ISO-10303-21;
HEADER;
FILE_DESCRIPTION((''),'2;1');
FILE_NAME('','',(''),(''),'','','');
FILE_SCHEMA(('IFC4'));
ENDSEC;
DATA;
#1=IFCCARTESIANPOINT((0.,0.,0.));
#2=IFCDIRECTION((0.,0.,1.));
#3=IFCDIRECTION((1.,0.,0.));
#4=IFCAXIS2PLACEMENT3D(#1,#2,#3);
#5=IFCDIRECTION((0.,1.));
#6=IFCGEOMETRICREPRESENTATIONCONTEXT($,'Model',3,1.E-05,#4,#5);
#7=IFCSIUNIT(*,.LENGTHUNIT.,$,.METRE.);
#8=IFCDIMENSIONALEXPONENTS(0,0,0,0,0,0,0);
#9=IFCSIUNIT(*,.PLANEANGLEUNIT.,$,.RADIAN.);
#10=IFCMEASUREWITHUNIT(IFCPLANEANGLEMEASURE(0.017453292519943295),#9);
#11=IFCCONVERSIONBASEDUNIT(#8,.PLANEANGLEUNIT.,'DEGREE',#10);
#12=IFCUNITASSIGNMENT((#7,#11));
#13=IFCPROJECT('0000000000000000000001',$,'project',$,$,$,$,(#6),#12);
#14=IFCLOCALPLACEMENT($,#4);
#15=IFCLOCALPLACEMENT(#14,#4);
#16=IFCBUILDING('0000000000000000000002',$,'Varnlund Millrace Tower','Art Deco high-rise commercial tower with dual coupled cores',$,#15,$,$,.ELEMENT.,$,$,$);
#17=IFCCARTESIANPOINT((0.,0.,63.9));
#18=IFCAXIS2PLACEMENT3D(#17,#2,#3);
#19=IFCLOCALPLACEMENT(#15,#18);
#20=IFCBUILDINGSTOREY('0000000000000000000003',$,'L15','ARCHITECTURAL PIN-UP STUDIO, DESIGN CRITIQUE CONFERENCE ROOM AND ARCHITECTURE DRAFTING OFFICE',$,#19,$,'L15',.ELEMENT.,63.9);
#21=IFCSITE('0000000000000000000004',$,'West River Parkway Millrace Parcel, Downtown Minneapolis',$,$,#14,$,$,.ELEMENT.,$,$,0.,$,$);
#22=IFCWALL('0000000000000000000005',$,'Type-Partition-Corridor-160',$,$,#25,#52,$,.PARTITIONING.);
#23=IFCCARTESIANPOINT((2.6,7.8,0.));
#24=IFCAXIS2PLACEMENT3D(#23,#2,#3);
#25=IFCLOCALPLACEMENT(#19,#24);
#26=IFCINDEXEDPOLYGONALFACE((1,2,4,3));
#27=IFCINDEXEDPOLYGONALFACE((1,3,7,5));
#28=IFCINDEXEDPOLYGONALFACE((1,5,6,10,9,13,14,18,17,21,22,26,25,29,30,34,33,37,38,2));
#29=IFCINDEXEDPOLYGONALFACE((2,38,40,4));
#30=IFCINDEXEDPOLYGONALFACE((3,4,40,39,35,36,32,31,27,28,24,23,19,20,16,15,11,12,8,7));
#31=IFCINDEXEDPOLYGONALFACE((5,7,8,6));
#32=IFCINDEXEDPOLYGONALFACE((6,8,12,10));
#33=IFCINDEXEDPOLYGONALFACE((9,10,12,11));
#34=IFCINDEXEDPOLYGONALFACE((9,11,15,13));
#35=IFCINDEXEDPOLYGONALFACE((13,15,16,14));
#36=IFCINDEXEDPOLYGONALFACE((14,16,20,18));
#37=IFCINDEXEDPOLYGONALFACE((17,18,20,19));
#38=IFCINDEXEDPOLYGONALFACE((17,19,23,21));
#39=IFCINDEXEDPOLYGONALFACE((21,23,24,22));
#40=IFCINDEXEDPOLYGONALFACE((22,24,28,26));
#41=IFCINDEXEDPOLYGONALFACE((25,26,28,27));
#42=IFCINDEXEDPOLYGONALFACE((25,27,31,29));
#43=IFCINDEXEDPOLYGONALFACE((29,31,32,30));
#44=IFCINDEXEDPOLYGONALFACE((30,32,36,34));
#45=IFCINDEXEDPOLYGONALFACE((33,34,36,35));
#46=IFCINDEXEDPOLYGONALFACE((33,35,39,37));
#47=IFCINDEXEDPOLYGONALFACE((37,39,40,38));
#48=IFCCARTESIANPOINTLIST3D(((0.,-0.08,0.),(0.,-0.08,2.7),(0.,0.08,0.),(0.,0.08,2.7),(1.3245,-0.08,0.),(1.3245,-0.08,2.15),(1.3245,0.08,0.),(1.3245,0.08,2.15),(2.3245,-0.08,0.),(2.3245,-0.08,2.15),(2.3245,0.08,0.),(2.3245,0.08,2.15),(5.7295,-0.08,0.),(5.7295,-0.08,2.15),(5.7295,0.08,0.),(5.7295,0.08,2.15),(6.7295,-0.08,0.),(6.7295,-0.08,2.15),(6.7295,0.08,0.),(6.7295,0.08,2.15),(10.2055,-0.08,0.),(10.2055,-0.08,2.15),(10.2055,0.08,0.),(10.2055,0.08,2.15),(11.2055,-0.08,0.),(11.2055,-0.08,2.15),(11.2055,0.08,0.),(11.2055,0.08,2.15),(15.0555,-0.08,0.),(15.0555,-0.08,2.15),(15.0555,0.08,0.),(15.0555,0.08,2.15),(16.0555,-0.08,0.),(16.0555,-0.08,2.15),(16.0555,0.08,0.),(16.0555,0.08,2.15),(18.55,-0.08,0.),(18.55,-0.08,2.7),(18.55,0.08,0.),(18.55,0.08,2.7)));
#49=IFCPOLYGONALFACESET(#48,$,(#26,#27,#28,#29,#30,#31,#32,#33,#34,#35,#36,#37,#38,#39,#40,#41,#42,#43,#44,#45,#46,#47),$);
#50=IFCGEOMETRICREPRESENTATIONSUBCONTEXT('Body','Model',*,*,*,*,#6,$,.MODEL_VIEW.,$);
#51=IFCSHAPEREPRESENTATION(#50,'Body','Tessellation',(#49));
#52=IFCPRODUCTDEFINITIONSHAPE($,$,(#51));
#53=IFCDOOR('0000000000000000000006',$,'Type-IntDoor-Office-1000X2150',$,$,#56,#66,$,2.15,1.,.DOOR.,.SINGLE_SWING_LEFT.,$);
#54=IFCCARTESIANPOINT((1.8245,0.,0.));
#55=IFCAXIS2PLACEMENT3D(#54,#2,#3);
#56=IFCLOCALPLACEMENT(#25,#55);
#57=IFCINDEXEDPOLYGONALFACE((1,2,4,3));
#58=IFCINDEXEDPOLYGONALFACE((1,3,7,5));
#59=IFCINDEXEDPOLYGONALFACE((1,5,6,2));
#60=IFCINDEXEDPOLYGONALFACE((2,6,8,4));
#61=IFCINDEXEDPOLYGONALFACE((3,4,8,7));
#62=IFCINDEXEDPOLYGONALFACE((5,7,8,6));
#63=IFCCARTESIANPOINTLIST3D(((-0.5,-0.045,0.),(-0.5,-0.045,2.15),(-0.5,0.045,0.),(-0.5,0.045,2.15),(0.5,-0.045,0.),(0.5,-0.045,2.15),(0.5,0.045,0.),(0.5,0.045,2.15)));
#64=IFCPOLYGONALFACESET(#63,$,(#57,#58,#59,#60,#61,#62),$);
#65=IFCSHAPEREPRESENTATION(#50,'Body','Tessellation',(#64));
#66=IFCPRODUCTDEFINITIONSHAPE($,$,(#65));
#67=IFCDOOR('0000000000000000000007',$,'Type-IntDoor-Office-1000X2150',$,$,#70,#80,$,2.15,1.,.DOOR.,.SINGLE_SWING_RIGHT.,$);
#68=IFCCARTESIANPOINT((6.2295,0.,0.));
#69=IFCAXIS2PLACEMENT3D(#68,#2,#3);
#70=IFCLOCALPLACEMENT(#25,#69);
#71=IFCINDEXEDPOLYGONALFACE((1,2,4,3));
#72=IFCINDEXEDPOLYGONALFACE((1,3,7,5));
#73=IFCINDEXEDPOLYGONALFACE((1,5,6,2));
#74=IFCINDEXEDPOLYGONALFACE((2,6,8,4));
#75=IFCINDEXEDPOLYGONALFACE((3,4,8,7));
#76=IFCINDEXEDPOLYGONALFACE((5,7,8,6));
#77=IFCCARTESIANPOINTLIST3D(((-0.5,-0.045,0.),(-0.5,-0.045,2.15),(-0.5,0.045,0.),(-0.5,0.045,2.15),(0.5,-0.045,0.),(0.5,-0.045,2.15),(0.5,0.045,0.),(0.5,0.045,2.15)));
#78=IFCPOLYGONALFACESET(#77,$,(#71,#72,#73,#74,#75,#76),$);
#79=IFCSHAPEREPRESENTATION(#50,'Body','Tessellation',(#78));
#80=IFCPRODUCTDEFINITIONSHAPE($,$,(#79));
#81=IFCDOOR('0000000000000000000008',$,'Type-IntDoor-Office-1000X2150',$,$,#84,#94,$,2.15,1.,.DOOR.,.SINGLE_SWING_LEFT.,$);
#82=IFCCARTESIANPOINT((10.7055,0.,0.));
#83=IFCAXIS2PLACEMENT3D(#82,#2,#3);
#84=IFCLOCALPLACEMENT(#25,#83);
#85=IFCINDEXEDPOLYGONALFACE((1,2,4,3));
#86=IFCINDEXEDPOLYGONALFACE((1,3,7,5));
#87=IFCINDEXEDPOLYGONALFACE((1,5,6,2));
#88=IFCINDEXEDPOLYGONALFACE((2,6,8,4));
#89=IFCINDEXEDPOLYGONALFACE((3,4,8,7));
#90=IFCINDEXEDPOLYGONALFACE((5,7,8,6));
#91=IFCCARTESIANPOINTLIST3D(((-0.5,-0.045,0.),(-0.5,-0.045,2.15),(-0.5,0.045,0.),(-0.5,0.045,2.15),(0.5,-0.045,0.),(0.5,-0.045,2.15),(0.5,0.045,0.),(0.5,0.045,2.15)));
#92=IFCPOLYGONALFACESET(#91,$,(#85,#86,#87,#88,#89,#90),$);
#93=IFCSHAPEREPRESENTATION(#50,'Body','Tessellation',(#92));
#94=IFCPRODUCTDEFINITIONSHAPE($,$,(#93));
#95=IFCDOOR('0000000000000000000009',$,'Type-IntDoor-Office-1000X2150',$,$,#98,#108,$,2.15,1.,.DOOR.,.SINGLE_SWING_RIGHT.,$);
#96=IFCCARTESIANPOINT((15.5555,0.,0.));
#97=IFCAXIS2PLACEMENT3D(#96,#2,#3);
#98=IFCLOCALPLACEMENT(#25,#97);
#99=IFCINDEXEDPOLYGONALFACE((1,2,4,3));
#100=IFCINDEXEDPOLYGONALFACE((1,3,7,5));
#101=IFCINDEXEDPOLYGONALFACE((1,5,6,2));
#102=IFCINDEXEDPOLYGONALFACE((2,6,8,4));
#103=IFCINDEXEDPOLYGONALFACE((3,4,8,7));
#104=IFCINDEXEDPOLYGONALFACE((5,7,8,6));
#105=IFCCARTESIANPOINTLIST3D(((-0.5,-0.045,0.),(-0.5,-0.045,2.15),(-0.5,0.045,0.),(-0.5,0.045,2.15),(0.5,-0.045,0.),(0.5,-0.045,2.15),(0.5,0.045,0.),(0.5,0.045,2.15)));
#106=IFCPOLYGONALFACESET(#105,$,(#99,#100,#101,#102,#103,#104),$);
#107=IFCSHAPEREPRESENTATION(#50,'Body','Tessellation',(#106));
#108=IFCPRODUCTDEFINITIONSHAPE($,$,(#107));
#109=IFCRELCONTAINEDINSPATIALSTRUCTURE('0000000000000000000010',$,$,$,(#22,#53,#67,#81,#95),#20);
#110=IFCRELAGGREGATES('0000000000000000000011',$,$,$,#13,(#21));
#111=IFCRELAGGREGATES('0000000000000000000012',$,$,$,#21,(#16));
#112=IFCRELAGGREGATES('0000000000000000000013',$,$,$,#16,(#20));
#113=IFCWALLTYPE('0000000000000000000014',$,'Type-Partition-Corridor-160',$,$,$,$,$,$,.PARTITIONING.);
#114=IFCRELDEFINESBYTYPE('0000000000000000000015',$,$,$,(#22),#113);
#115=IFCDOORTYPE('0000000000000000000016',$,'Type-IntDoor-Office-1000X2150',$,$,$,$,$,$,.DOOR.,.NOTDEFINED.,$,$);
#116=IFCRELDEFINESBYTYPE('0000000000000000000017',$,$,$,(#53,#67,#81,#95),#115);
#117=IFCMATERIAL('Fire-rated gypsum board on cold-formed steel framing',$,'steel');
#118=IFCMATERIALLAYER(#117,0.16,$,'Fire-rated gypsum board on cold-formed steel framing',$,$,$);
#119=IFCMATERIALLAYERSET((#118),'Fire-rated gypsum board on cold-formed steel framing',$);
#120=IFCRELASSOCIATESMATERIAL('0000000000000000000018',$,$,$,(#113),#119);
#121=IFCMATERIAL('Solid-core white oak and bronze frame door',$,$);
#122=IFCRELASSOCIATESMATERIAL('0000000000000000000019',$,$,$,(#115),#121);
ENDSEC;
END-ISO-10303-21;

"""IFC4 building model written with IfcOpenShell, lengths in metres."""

from ifc_helpers import new_model, entity, si_unit, converted_unit, direction, frame, origin_with_axes, origin_2d_with_axis, place, context, subcontext, project, spatial, polyline, rectangle, outline, extrude, material, layer, layer_set, type_object, element, fill, save


model = new_model("IFC4")

# Units and contexts
model_context = context("Model", 3, precision=1e-05, world=origin_with_axes(), true_north=direction((0.0, 1.0)))
body_context = subcontext(model_context, "Body", "Model", "MODEL_VIEW")
ifc_project = project(units=[si_unit("LENGTHUNIT", "METRE"), converted_unit("PLANEANGLEUNIT", "DEGREE", entity("IfcPlaneAngleMeasure", 0.017453292519943295), si_unit("PLANEANGLEUNIT", "RADIAN"), dimensions=[0, 0, 0, 0, 0, 0, 0])], contexts=[model_context])

# Site, building, storey
site_placement = place(None, origin_with_axes())
site = spatial("IfcSite", under=ifc_project, at=site_placement, Name="West River Parkway Millrace Parcel, Downtown Minneapolis", CompositionType="ELEMENT", RefElevation=0.0)
building_placement = place(site_placement, origin_with_axes())
building = spatial("IfcBuilding", under=site, at=building_placement, Name="Varnlund Millrace Tower", Description="Art Deco high-rise commercial tower with dual coupled cores", CompositionType="ELEMENT")
storey_placement = place(building_placement, frame((0.0, 0.0, 63.9), z_axis=(0.0, 0.0, 1.0), x_axis=(1.0, 0.0, 0.0)))
storey = spatial("IfcBuildingStorey", under=building, at=storey_placement, Name="L15", Description="ARCHITECTURAL PIN-UP STUDIO, DESIGN CRITIQUE CONFERENCE ROOM AND ARCHITECTURE DRAFTING OFFICE", LongName="L15", CompositionType="ELEMENT", Elevation=63.9)

# Wall, openings, doors
ifc_material_1 = material(Name="Fire-rated gypsum board on cold-formed steel framing", Category="steel")
ifc_layer_1 = layer(ifc_material_1, 0.16, Name="Fire-rated gypsum board on cold-formed steel framing")
ifc_layer_set_1 = layer_set([ifc_layer_1], Name="Fire-rated gypsum board on cold-formed steel framing")
wall_type_1 = type_object("IfcWallType", Name="Type-Partition-Corridor-160", PredefinedType="PARTITIONING", material=ifc_layer_set_1)
wall_1_placement = place(storey_placement, frame((2.6, 7.8, 0.0), z_axis=(0.0, 0.0, 1.0), x_axis=(1.0, 0.0, 0.0)))
wall_1 = element("IfcWall", 1, at=wall_1_placement, inside=storey, type_object=wall_type_1, Name="Type-Partition-Corridor-160", PredefinedType="PARTITIONING", context=body_context, shape_type="SweptSolid", body=[
    extrude(outline(polyline([(0.0, -0.08), (18.55, -0.08), (18.55, 0.08), (0.0, 0.08), (0.0, -0.08)])), origin_with_axes(), (0.0, 0.0, 1.0), 2.7),
])
opening_1_placement = place(wall_1_placement, frame((1.8245, 0.0, 0.0), z_axis=(0.0, 0.0, 1.0), x_axis=(1.0, 0.0, 0.0)))
opening_1 = element("IfcOpeningElement", 2, at=opening_1_placement, cuts=wall_1, PredefinedType="OPENING", context=body_context, shape_type="SweptSolid", body=[
    extrude(rectangle(XDim=1.0, YDim=0.18, at=origin_2d_with_axis()), origin_with_axes(), (0.0, 0.0, 1.0), 2.15),
])
opening_2_placement = place(wall_1_placement, frame((6.2295, 0.0, 0.0), z_axis=(0.0, 0.0, 1.0), x_axis=(1.0, 0.0, 0.0)))
opening_2 = element("IfcOpeningElement", 3, at=opening_2_placement, cuts=wall_1, PredefinedType="OPENING", context=body_context, shape_type="SweptSolid", body=[
    extrude(rectangle(XDim=1.0, YDim=0.18, at=origin_2d_with_axis()), origin_with_axes(), (0.0, 0.0, 1.0), 2.15),
])
opening_3_placement = place(wall_1_placement, frame((10.7055, 0.0, 0.0), z_axis=(0.0, 0.0, 1.0), x_axis=(1.0, 0.0, 0.0)))
opening_3 = element("IfcOpeningElement", 4, at=opening_3_placement, cuts=wall_1, PredefinedType="OPENING", context=body_context, shape_type="SweptSolid", body=[
    extrude(rectangle(XDim=1.0, YDim=0.18, at=origin_2d_with_axis()), origin_with_axes(), (0.0, 0.0, 1.0), 2.15),
])
opening_4_placement = place(wall_1_placement, frame((15.5555, 0.0, 0.0), z_axis=(0.0, 0.0, 1.0), x_axis=(1.0, 0.0, 0.0)))
opening_4 = element("IfcOpeningElement", 5, at=opening_4_placement, cuts=wall_1, PredefinedType="OPENING", context=body_context, shape_type="SweptSolid", body=[
    extrude(rectangle(XDim=1.0, YDim=0.18, at=origin_2d_with_axis()), origin_with_axes(), (0.0, 0.0, 1.0), 2.15),
])
ifc_material_2 = material(Name="Solid-core white oak and bronze frame door")
door_type_1 = type_object("IfcDoorType", Name="Type-IntDoor-Office-1000X2150", OperationType="NOTDEFINED", PredefinedType="DOOR", material=ifc_material_2)
door_1_placement = place(wall_1_placement, frame((1.8245, 0.0, 0.0), z_axis=(0.0, 0.0, 1.0), x_axis=(1.0, 0.0, 0.0)))
door_1 = element("IfcDoor", 6, at=door_1_placement, inside=storey, type_object=door_type_1, Name="Type-IntDoor-Office-1000X2150", OperationType="SINGLE_SWING_LEFT", OverallHeight=2.15, OverallWidth=1.0, PredefinedType="DOOR", context=body_context, shape_type="SweptSolid", body=[
    extrude(rectangle(XDim=1.0, YDim=0.09, at=origin_2d_with_axis()), origin_with_axes(), (0.0, 0.0, 1.0), 2.15),
])
fill(opening_1, door_1)
door_2_placement = place(wall_1_placement, frame((6.2295, 0.0, 0.0), z_axis=(0.0, 0.0, 1.0), x_axis=(1.0, 0.0, 0.0)))
door_2 = element("IfcDoor", 7, at=door_2_placement, inside=storey, type_object=door_type_1, Name="Type-IntDoor-Office-1000X2150", OperationType="SINGLE_SWING_RIGHT", OverallHeight=2.15, OverallWidth=1.0, PredefinedType="DOOR", context=body_context, shape_type="SweptSolid", body=[
    extrude(rectangle(XDim=1.0, YDim=0.09, at=origin_2d_with_axis()), origin_with_axes(), (0.0, 0.0, 1.0), 2.15),
])
fill(opening_2, door_2)
door_3_placement = place(wall_1_placement, frame((10.7055, 0.0, 0.0), z_axis=(0.0, 0.0, 1.0), x_axis=(1.0, 0.0, 0.0)))
door_3 = element("IfcDoor", 8, at=door_3_placement, inside=storey, type_object=door_type_1, Name="Type-IntDoor-Office-1000X2150", OperationType="SINGLE_SWING_LEFT", OverallHeight=2.15, OverallWidth=1.0, PredefinedType="DOOR", context=body_context, shape_type="SweptSolid", body=[
    extrude(rectangle(XDim=1.0, YDim=0.09, at=origin_2d_with_axis()), origin_with_axes(), (0.0, 0.0, 1.0), 2.15),
])
fill(opening_3, door_3)
door_4_placement = place(wall_1_placement, frame((15.5555, 0.0, 0.0), z_axis=(0.0, 0.0, 1.0), x_axis=(1.0, 0.0, 0.0)))
door_4 = element("IfcDoor", 9, at=door_4_placement, inside=storey, type_object=door_type_1, Name="Type-IntDoor-Office-1000X2150", OperationType="SINGLE_SWING_RIGHT", OverallHeight=2.15, OverallWidth=1.0, PredefinedType="DOOR", context=body_context, shape_type="SweptSolid", body=[
    extrude(rectangle(XDim=1.0, YDim=0.09, at=origin_2d_with_axis()), origin_with_axes(), (0.0, 0.0, 1.0), 2.15),
])
fill(opening_4, door_4)

save(model, "model.ifc")
